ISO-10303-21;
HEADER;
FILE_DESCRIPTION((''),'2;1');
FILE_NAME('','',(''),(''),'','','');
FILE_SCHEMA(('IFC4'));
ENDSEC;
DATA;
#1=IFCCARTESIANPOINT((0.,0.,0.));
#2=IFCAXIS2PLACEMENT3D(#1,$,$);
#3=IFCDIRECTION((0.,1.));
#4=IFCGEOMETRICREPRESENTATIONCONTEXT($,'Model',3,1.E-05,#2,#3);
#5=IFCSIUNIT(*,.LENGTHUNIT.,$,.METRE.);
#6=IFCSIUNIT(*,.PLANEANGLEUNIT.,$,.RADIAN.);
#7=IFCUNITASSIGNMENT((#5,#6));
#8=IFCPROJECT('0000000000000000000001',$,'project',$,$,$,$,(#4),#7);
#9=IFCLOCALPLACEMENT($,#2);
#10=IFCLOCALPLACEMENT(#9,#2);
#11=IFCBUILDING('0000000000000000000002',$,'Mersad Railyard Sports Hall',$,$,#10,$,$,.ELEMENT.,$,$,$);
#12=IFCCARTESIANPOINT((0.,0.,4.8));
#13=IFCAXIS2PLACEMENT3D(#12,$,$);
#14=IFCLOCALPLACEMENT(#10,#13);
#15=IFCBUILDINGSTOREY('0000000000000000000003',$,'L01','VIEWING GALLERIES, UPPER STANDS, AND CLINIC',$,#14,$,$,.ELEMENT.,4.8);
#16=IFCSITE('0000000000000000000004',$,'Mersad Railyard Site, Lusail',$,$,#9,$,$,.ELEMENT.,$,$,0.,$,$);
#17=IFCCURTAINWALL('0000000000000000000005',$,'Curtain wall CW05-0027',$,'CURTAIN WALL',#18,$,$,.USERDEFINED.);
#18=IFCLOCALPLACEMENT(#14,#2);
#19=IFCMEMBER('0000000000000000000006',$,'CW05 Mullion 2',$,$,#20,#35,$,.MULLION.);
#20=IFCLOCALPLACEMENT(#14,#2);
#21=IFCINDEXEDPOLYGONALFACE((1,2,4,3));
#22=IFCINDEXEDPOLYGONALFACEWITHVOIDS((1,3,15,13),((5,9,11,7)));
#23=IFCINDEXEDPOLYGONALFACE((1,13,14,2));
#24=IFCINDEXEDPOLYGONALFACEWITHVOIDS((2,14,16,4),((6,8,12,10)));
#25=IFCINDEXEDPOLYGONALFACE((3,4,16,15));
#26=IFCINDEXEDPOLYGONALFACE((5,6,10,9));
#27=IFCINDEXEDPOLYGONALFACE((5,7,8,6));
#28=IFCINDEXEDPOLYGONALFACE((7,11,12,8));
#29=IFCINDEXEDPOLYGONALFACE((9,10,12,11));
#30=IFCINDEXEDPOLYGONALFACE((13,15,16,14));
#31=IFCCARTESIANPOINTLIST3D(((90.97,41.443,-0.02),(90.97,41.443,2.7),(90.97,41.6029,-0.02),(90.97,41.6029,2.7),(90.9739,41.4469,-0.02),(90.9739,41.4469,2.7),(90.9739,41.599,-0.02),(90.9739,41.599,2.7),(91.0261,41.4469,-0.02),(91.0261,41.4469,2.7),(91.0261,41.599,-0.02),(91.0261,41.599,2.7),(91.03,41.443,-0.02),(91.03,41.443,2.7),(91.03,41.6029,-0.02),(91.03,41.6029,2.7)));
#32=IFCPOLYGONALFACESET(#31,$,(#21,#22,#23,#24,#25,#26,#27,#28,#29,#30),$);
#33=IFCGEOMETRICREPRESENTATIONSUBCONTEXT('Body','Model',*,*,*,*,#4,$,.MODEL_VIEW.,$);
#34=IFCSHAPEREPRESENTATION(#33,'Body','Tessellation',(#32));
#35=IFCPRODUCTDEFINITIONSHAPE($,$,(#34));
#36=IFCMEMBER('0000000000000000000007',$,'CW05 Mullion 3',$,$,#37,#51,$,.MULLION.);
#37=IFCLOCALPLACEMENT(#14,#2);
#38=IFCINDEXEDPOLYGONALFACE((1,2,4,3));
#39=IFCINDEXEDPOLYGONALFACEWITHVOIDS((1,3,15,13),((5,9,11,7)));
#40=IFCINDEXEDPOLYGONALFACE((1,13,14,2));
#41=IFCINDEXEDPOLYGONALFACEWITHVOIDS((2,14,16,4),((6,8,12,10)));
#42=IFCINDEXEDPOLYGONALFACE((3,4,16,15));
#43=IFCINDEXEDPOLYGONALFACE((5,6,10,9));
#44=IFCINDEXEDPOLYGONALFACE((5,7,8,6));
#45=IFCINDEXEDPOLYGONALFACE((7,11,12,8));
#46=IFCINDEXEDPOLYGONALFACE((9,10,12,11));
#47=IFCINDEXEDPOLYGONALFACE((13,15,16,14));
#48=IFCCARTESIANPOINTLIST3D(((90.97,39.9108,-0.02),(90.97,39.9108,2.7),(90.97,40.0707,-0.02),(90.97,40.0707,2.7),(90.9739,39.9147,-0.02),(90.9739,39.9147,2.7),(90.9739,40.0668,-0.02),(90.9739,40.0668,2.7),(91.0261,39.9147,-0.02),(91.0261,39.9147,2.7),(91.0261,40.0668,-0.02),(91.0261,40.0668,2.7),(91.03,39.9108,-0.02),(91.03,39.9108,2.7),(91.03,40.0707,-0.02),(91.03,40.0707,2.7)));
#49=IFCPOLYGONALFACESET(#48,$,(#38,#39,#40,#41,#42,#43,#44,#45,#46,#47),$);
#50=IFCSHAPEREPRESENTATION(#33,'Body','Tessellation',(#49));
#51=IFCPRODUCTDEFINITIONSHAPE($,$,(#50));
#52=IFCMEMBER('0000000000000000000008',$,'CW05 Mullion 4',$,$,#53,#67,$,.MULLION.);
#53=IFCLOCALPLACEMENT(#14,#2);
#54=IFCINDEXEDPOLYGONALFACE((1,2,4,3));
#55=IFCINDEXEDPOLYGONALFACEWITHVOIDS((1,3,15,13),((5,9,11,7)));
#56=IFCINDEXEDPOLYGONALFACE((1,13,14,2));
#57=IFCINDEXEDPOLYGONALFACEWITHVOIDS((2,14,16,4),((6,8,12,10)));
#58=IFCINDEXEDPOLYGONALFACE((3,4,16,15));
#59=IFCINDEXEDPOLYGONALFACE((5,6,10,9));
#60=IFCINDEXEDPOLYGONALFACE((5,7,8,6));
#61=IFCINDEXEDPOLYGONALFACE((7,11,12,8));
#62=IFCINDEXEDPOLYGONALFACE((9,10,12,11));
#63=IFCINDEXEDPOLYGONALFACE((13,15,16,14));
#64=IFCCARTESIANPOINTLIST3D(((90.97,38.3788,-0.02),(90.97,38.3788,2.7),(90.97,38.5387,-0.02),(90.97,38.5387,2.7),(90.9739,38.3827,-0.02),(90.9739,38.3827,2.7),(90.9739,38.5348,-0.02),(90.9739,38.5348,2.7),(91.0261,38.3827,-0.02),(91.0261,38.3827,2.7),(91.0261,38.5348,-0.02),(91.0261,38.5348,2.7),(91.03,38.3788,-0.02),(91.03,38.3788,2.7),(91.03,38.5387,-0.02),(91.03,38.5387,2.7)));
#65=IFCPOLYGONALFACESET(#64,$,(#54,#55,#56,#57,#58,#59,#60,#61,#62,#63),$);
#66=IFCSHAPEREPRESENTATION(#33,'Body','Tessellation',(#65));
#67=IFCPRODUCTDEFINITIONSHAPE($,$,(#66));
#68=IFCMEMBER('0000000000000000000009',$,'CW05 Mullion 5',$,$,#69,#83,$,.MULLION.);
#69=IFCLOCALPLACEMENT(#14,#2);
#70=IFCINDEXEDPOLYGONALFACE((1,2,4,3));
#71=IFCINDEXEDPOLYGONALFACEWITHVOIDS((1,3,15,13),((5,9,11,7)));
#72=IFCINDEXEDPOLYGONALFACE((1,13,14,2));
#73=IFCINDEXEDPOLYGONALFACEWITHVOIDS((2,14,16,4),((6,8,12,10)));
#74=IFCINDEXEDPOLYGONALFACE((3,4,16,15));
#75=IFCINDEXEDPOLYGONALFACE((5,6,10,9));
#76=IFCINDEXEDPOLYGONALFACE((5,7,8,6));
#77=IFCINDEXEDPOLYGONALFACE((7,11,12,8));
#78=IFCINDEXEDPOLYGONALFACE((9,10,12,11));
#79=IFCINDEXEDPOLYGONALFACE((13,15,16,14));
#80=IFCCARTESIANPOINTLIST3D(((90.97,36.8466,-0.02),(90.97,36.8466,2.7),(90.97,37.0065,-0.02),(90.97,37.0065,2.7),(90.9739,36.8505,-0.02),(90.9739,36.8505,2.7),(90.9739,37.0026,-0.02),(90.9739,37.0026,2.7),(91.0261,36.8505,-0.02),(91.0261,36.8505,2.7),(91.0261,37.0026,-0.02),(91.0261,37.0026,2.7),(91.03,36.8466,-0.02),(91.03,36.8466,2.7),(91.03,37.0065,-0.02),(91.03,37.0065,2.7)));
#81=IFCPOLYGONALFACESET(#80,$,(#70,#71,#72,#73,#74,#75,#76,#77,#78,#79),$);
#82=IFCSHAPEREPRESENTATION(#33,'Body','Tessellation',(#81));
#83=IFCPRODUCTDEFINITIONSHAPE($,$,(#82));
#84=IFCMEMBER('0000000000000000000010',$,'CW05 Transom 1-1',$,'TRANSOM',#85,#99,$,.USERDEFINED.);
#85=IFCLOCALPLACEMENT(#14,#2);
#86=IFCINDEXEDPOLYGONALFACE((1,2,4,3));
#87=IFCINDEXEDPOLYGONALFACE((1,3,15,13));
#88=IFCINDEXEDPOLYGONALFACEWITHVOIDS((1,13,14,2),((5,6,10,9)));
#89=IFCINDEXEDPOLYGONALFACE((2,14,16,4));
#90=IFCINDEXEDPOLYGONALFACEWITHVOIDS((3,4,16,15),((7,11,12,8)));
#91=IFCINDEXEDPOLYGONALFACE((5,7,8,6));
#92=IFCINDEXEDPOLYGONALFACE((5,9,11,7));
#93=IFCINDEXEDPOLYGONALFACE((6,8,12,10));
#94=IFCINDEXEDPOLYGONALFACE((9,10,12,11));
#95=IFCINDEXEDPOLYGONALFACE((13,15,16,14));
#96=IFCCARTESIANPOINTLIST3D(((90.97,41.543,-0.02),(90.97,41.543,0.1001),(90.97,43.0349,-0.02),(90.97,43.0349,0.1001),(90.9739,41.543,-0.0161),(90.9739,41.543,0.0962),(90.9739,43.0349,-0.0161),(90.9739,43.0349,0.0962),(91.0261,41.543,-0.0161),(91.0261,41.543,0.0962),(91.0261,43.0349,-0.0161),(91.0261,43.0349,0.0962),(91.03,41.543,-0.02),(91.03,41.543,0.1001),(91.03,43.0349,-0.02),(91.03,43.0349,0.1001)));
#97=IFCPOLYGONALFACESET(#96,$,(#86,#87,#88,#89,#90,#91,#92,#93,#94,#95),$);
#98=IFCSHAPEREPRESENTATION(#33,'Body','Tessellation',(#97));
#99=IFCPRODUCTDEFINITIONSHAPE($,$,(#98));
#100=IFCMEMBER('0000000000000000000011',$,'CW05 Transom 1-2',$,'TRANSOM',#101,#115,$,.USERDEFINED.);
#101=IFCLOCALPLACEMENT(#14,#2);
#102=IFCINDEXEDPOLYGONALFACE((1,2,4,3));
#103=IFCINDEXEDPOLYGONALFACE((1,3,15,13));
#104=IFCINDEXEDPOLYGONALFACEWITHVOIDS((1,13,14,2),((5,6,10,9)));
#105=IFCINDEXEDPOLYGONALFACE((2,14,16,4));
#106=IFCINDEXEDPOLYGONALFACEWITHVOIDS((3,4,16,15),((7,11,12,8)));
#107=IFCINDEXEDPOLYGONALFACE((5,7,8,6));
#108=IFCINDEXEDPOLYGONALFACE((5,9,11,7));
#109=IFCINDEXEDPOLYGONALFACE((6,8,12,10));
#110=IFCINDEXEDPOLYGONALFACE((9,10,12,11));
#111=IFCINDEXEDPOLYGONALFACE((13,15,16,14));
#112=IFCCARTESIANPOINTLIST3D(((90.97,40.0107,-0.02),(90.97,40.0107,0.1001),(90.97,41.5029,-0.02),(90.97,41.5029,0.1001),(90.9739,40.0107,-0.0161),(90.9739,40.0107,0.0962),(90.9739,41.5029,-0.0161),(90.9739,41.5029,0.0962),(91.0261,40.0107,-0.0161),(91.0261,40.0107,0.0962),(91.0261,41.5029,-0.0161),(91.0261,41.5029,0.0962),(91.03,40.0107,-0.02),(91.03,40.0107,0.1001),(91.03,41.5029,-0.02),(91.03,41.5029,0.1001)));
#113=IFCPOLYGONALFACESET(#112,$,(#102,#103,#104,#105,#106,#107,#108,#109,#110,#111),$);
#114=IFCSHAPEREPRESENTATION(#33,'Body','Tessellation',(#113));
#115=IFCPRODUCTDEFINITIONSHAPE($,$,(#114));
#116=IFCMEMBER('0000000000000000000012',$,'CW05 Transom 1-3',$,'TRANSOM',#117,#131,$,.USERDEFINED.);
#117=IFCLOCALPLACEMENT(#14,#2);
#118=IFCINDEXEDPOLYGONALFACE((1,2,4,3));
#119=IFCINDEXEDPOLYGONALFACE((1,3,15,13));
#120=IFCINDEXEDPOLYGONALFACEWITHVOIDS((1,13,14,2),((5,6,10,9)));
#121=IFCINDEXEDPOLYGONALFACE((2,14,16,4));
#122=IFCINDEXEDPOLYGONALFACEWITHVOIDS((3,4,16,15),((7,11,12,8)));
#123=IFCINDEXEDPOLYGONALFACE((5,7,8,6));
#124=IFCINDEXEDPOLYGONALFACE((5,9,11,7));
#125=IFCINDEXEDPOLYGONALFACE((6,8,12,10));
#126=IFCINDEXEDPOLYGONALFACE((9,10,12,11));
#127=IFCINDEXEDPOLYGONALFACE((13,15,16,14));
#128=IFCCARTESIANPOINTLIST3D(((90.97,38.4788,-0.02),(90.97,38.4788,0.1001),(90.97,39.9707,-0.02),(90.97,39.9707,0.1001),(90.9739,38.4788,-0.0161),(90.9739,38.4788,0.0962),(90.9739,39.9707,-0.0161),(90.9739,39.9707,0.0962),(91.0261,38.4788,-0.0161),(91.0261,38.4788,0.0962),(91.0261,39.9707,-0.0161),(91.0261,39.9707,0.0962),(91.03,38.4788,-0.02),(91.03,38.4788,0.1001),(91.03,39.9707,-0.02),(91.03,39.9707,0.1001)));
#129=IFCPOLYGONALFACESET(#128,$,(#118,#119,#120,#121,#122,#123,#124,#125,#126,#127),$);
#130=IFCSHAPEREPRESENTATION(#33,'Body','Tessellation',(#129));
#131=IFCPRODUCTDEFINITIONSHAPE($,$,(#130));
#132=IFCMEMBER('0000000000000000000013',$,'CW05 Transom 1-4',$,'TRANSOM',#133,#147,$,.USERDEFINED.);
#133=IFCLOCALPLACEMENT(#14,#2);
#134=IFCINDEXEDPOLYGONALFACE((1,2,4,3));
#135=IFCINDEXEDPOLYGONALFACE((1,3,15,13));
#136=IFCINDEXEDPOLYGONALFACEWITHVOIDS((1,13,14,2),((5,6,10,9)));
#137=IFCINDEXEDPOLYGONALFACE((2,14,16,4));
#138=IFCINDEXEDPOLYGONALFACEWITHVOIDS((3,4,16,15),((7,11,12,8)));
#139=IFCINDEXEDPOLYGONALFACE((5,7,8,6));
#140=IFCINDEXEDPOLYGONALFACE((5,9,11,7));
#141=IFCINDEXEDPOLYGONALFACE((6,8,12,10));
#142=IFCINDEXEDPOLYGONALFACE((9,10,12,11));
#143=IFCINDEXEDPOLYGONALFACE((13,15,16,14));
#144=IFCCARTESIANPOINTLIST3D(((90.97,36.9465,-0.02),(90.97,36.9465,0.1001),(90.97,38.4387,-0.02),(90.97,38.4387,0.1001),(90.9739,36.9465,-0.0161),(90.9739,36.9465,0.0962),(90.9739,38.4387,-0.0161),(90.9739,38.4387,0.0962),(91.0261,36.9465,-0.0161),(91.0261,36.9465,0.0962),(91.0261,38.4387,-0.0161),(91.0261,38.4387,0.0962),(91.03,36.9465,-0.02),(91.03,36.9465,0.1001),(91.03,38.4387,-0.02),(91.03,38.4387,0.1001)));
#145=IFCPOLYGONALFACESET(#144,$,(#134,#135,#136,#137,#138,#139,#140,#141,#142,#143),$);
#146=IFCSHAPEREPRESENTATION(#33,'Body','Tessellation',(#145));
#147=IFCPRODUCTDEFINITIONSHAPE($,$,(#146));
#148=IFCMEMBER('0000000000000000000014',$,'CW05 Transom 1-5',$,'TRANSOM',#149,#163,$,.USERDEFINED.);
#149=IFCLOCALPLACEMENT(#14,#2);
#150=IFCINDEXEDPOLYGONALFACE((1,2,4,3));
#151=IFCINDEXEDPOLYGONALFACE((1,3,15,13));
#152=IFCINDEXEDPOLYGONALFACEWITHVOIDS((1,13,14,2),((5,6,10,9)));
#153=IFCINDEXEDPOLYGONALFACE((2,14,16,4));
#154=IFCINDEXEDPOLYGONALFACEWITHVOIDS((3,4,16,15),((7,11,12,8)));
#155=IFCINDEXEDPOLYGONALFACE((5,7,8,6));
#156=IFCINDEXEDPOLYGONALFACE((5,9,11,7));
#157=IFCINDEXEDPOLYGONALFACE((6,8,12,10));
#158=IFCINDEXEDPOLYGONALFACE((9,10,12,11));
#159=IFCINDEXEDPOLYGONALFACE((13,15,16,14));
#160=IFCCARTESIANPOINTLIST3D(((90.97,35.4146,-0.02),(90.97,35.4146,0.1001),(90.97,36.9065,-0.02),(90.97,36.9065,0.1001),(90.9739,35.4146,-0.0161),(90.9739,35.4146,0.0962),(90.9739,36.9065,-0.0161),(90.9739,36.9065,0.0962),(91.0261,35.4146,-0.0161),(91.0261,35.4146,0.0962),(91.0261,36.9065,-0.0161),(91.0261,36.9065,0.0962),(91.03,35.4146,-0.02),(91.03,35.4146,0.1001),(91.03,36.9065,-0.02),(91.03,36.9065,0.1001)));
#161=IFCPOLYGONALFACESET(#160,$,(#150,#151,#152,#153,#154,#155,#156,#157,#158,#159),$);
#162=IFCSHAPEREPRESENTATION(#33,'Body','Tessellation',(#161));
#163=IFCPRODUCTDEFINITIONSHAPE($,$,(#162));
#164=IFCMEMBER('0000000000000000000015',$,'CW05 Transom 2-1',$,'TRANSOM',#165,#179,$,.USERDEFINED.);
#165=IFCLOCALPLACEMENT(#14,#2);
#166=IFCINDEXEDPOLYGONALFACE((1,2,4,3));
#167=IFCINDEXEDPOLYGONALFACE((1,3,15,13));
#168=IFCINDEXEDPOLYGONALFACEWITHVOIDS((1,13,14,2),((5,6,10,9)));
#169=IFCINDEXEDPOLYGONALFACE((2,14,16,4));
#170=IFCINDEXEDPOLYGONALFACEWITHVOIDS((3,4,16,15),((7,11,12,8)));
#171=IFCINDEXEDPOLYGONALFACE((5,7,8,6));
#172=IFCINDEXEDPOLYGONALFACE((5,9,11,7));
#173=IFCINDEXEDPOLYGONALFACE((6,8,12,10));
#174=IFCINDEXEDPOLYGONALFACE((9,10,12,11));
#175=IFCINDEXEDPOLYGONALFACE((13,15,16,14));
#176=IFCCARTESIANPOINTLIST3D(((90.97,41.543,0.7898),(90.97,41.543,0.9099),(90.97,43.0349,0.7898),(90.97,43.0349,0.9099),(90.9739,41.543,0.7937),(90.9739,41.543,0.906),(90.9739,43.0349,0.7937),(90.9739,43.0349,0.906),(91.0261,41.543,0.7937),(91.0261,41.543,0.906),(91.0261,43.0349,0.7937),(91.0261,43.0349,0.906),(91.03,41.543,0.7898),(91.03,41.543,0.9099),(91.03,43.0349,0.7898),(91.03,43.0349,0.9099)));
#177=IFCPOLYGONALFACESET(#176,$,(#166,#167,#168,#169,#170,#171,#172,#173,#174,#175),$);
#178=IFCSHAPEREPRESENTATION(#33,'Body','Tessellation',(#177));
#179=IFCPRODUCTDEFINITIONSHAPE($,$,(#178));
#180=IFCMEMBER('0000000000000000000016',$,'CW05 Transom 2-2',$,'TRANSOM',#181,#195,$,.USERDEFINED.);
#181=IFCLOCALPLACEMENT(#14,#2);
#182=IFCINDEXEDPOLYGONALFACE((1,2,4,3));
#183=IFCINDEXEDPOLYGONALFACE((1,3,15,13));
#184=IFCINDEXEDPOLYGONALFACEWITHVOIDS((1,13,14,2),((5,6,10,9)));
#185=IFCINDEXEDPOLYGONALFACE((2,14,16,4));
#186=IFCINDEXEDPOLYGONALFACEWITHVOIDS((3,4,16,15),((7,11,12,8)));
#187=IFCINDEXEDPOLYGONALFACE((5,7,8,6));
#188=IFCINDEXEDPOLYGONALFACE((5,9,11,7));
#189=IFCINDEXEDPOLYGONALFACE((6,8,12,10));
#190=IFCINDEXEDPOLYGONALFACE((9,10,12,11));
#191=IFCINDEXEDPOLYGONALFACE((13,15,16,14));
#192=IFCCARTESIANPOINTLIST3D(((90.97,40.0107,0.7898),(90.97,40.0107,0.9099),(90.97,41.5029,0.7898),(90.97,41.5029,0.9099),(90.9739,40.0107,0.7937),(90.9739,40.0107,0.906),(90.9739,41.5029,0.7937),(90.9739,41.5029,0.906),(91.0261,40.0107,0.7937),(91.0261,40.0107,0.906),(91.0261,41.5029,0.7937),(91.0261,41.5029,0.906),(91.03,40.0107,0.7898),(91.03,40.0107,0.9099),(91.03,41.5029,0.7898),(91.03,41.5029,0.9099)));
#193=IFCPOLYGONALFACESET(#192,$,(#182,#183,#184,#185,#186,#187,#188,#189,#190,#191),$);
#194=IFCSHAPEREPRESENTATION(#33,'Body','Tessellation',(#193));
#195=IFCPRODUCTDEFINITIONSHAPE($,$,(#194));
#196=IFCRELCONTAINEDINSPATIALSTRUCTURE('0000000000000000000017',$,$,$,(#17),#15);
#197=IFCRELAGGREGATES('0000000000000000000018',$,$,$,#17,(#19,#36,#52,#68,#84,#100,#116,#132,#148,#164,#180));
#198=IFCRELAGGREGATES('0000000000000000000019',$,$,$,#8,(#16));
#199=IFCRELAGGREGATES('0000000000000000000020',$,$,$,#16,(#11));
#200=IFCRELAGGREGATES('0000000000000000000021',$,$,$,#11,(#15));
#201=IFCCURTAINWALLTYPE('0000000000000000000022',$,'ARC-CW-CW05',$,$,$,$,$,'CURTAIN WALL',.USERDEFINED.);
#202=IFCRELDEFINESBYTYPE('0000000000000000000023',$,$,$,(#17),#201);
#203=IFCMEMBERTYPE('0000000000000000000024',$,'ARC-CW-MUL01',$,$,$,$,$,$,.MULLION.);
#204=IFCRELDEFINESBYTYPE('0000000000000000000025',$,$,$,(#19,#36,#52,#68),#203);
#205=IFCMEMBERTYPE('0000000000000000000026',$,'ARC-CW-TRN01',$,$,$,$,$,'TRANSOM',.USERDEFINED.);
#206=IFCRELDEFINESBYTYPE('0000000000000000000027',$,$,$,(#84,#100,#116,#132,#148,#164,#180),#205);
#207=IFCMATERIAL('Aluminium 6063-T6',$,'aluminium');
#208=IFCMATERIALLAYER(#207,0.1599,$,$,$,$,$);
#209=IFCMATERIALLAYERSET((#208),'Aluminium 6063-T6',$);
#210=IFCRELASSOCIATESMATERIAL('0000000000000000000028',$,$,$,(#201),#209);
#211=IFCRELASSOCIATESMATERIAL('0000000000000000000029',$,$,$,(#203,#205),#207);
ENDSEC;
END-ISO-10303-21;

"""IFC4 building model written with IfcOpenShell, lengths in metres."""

from ifc_helpers import new_model, si_unit, direction, frame, origin, origin_2d, place, context, subcontext, project, spatial, hollow_rectangle, extrude, material, layer, layer_set, material_profile, profile_set, type_object, element, aggregate, save


model = new_model("IFC4")

# Units and contexts
model_context = context("Model", 3, precision=1e-05, world=origin(), true_north=direction((0.0, 1.0)))
body_context = subcontext(model_context, "Body", "Model", "MODEL_VIEW")
ifc_project = project(units=[si_unit("LENGTHUNIT", "METRE"), si_unit("PLANEANGLEUNIT", "RADIAN")], contexts=[model_context])

# Site, building, storey
site_placement = place(None, origin())
site = spatial("IfcSite", under=ifc_project, at=site_placement, Name="Mersad Railyard Site, Lusail", CompositionType="ELEMENT", RefElevation=0.0)
building_placement = place(site_placement, origin())
building = spatial("IfcBuilding", under=site, at=building_placement, Name="Mersad Railyard Sports Hall", CompositionType="ELEMENT")
storey_placement = place(building_placement, frame((0.0, 0.0, 4.8)))
storey = spatial("IfcBuildingStorey", under=building, at=storey_placement, Name="L01", Description="VIEWING GALLERIES, UPPER STANDS, AND CLINIC", CompositionType="ELEMENT", Elevation=4.8)

# Curtain wall, members
ifc_material_1 = material(Name="Aluminium 6063-T6", Category="aluminium")
ifc_layer_1 = layer(ifc_material_1, 0.1599)
ifc_layer_set_1 = layer_set([ifc_layer_1], Name="Aluminium 6063-T6")
curtain_wall_type = type_object("IfcCurtainWallType", Name="ARC-CW-CW05", ElementType="CURTAIN WALL", PredefinedType="USERDEFINED", material=ifc_layer_set_1)
curtain_wall_placement = place(storey_placement, origin())
curtain_wall = element("IfcCurtainWall", 1, at=curtain_wall_placement, inside=storey, type_object=curtain_wall_type, Name="Curtain wall CW05-0027", ObjectType="CURTAIN WALL", PredefinedType="USERDEFINED")
ifc_material_profile_1 = material_profile(ifc_material_1, hollow_rectangle(XDim=0.0601, YDim=0.1599, WallThickness=0.0039, at=origin_2d()), Name="AL MULLION 60x160x4")
ifc_profile_set_1 = profile_set([ifc_material_profile_1], Name="Aluminium 6063-T6")
member_type_1 = type_object("IfcMemberType", Name="ARC-CW-MUL01", PredefinedType="MULLION", material=ifc_profile_set_1)
member_1_placement = place(storey_placement, frame((91.0, 41.5229, -0.02), z_axis=(0.0, 0.0, 1.0), x_axis=(1.0, 0.0, 0.0)))
member_1 = element("IfcMember", 2, at=member_1_placement, type_object=member_type_1, Name="CW05 Mullion 2", PredefinedType="MULLION", context=body_context, shape_type="SweptSolid", body=[
    extrude(hollow_rectangle(XDim=0.0601, YDim=0.1599, WallThickness=0.0039, at=origin_2d()), origin(), (0.0, 0.0, 1.0), 2.72),
])
member_2_placement = place(storey_placement, frame((91.0, 39.9907, -0.02), z_axis=(0.0, 0.0, 1.0), x_axis=(1.0, 0.0, 0.0)))
member_2 = element("IfcMember", 3, at=member_2_placement, type_object=member_type_1, Name="CW05 Mullion 3", PredefinedType="MULLION", context=body_context, shape_type="SweptSolid", body=[
    extrude(hollow_rectangle(XDim=0.0601, YDim=0.1599, WallThickness=0.0039, at=origin_2d()), origin(), (0.0, 0.0, 1.0), 2.72),
])
member_3_placement = place(storey_placement, frame((91.0, 38.4587, -0.02), z_axis=(0.0, 0.0, 1.0), x_axis=(1.0, 0.0, 0.0)))
member_3 = element("IfcMember", 4, at=member_3_placement, type_object=member_type_1, Name="CW05 Mullion 4", PredefinedType="MULLION", context=body_context, shape_type="SweptSolid", body=[
    extrude(hollow_rectangle(XDim=0.0601, YDim=0.1599, WallThickness=0.0039, at=origin_2d()), origin(), (0.0, 0.0, 1.0), 2.72),
])
member_4_placement = place(storey_placement, frame((91.0, 36.9265, -0.02), z_axis=(0.0, 0.0, 1.0), x_axis=(1.0, 0.0, 0.0)))
member_4 = element("IfcMember", 5, at=member_4_placement, type_object=member_type_1, Name="CW05 Mullion 5", PredefinedType="MULLION", context=body_context, shape_type="SweptSolid", body=[
    extrude(hollow_rectangle(XDim=0.0601, YDim=0.1599, WallThickness=0.0039, at=origin_2d()), origin(), (0.0, 0.0, 1.0), 2.72),
])
ifc_material_profile_2 = material_profile(ifc_material_1, hollow_rectangle(XDim=0.0601, YDim=0.1201, WallThickness=0.0039, at=origin_2d()), Name="AL TRANSOM 60x120x4")
ifc_profile_set_2 = profile_set([ifc_material_profile_2], Name="Aluminium 6063-T6")
member_type_2 = type_object("IfcMemberType", Name="ARC-CW-TRN01", ElementType="TRANSOM", PredefinedType="USERDEFINED", material=ifc_profile_set_2)
member_5_placement = place(storey_placement, frame((91.0, 43.0349, 0.04), z_axis=(0.0, -1.0, 0.0), x_axis=(1.0, 0.0, 0.0)))
member_5 = element("IfcMember", 6, at=member_5_placement, type_object=member_type_2, Name="CW05 Transom 1-1", ObjectType="TRANSOM", PredefinedType="USERDEFINED", context=body_context, shape_type="SweptSolid", body=[
    extrude(hollow_rectangle(XDim=0.0601, YDim=0.1201, WallThickness=0.0039, at=origin_2d()), origin(), (0.0, 0.0, 1.0), 1.4919),
])
member_6_placement = place(storey_placement, frame((91.0, 41.5029, 0.04), z_axis=(0.0, -1.0, 0.0), x_axis=(1.0, 0.0, 0.0)))
member_6 = element("IfcMember", 7, at=member_6_placement, type_object=member_type_2, Name="CW05 Transom 1-2", ObjectType="TRANSOM", PredefinedType="USERDEFINED", context=body_context, shape_type="SweptSolid", body=[
    extrude(hollow_rectangle(XDim=0.0601, YDim=0.1201, WallThickness=0.0039, at=origin_2d()), origin(), (0.0, 0.0, 1.0), 1.4922),
])
member_7_placement = place(storey_placement, frame((91.0, 39.9707, 0.04), z_axis=(0.0, -1.0, 0.0), x_axis=(1.0, 0.0, 0.0)))
member_7 = element("IfcMember", 8, at=member_7_placement, type_object=member_type_2, Name="CW05 Transom 1-3", ObjectType="TRANSOM", PredefinedType="USERDEFINED", context=body_context, shape_type="SweptSolid", body=[
    extrude(hollow_rectangle(XDim=0.0601, YDim=0.1201, WallThickness=0.0039, at=origin_2d()), origin(), (0.0, 0.0, 1.0), 1.4919),
])
member_8_placement = place(storey_placement, frame((91.0, 38.4387, 0.04), z_axis=(0.0, -1.0, 0.0), x_axis=(1.0, 0.0, 0.0)))
member_8 = element("IfcMember", 9, at=member_8_placement, type_object=member_type_2, Name="CW05 Transom 1-4", ObjectType="TRANSOM", PredefinedType="USERDEFINED", context=body_context, shape_type="SweptSolid", body=[
    extrude(hollow_rectangle(XDim=0.0601, YDim=0.1201, WallThickness=0.0039, at=origin_2d()), origin(), (0.0, 0.0, 1.0), 1.4922),
])
member_9_placement = place(storey_placement, frame((91.0, 36.9065, 0.04), z_axis=(0.0, -1.0, 0.0), x_axis=(1.0, 0.0, 0.0)))
member_9 = element("IfcMember", 10, at=member_9_placement, type_object=member_type_2, Name="CW05 Transom 1-5", ObjectType="TRANSOM", PredefinedType="USERDEFINED", context=body_context, shape_type="SweptSolid", body=[
    extrude(hollow_rectangle(XDim=0.0601, YDim=0.1201, WallThickness=0.0039, at=origin_2d()), origin(), (0.0, 0.0, 1.0), 1.4919),
])
member_10_placement = place(storey_placement, frame((91.0, 43.0349, 0.8499), z_axis=(0.0, -1.0, 0.0), x_axis=(1.0, 0.0, 0.0)))
member_10 = element("IfcMember", 11, at=member_10_placement, type_object=member_type_2, Name="CW05 Transom 2-1", ObjectType="TRANSOM", PredefinedType="USERDEFINED", context=body_context, shape_type="SweptSolid", body=[
    extrude(hollow_rectangle(XDim=0.0601, YDim=0.1201, WallThickness=0.0039, at=origin_2d()), origin(), (0.0, 0.0, 1.0), 1.4919),
])
member_11_placement = place(storey_placement, frame((91.0, 41.5029, 0.8499), z_axis=(0.0, -1.0, 0.0), x_axis=(1.0, 0.0, 0.0)))
member_11 = element("IfcMember", 12, at=member_11_placement, type_object=member_type_2, Name="CW05 Transom 2-2", ObjectType="TRANSOM", PredefinedType="USERDEFINED", context=body_context, shape_type="SweptSolid", body=[
    extrude(hollow_rectangle(XDim=0.0601, YDim=0.1201, WallThickness=0.0039, at=origin_2d()), origin(), (0.0, 0.0, 1.0), 1.4922),
])
aggregate(curtain_wall, [member_1, member_2, member_3, member_4, member_5, member_6, member_7, member_8, member_9, member_10, member_11])

save(model, "model.ifc")
